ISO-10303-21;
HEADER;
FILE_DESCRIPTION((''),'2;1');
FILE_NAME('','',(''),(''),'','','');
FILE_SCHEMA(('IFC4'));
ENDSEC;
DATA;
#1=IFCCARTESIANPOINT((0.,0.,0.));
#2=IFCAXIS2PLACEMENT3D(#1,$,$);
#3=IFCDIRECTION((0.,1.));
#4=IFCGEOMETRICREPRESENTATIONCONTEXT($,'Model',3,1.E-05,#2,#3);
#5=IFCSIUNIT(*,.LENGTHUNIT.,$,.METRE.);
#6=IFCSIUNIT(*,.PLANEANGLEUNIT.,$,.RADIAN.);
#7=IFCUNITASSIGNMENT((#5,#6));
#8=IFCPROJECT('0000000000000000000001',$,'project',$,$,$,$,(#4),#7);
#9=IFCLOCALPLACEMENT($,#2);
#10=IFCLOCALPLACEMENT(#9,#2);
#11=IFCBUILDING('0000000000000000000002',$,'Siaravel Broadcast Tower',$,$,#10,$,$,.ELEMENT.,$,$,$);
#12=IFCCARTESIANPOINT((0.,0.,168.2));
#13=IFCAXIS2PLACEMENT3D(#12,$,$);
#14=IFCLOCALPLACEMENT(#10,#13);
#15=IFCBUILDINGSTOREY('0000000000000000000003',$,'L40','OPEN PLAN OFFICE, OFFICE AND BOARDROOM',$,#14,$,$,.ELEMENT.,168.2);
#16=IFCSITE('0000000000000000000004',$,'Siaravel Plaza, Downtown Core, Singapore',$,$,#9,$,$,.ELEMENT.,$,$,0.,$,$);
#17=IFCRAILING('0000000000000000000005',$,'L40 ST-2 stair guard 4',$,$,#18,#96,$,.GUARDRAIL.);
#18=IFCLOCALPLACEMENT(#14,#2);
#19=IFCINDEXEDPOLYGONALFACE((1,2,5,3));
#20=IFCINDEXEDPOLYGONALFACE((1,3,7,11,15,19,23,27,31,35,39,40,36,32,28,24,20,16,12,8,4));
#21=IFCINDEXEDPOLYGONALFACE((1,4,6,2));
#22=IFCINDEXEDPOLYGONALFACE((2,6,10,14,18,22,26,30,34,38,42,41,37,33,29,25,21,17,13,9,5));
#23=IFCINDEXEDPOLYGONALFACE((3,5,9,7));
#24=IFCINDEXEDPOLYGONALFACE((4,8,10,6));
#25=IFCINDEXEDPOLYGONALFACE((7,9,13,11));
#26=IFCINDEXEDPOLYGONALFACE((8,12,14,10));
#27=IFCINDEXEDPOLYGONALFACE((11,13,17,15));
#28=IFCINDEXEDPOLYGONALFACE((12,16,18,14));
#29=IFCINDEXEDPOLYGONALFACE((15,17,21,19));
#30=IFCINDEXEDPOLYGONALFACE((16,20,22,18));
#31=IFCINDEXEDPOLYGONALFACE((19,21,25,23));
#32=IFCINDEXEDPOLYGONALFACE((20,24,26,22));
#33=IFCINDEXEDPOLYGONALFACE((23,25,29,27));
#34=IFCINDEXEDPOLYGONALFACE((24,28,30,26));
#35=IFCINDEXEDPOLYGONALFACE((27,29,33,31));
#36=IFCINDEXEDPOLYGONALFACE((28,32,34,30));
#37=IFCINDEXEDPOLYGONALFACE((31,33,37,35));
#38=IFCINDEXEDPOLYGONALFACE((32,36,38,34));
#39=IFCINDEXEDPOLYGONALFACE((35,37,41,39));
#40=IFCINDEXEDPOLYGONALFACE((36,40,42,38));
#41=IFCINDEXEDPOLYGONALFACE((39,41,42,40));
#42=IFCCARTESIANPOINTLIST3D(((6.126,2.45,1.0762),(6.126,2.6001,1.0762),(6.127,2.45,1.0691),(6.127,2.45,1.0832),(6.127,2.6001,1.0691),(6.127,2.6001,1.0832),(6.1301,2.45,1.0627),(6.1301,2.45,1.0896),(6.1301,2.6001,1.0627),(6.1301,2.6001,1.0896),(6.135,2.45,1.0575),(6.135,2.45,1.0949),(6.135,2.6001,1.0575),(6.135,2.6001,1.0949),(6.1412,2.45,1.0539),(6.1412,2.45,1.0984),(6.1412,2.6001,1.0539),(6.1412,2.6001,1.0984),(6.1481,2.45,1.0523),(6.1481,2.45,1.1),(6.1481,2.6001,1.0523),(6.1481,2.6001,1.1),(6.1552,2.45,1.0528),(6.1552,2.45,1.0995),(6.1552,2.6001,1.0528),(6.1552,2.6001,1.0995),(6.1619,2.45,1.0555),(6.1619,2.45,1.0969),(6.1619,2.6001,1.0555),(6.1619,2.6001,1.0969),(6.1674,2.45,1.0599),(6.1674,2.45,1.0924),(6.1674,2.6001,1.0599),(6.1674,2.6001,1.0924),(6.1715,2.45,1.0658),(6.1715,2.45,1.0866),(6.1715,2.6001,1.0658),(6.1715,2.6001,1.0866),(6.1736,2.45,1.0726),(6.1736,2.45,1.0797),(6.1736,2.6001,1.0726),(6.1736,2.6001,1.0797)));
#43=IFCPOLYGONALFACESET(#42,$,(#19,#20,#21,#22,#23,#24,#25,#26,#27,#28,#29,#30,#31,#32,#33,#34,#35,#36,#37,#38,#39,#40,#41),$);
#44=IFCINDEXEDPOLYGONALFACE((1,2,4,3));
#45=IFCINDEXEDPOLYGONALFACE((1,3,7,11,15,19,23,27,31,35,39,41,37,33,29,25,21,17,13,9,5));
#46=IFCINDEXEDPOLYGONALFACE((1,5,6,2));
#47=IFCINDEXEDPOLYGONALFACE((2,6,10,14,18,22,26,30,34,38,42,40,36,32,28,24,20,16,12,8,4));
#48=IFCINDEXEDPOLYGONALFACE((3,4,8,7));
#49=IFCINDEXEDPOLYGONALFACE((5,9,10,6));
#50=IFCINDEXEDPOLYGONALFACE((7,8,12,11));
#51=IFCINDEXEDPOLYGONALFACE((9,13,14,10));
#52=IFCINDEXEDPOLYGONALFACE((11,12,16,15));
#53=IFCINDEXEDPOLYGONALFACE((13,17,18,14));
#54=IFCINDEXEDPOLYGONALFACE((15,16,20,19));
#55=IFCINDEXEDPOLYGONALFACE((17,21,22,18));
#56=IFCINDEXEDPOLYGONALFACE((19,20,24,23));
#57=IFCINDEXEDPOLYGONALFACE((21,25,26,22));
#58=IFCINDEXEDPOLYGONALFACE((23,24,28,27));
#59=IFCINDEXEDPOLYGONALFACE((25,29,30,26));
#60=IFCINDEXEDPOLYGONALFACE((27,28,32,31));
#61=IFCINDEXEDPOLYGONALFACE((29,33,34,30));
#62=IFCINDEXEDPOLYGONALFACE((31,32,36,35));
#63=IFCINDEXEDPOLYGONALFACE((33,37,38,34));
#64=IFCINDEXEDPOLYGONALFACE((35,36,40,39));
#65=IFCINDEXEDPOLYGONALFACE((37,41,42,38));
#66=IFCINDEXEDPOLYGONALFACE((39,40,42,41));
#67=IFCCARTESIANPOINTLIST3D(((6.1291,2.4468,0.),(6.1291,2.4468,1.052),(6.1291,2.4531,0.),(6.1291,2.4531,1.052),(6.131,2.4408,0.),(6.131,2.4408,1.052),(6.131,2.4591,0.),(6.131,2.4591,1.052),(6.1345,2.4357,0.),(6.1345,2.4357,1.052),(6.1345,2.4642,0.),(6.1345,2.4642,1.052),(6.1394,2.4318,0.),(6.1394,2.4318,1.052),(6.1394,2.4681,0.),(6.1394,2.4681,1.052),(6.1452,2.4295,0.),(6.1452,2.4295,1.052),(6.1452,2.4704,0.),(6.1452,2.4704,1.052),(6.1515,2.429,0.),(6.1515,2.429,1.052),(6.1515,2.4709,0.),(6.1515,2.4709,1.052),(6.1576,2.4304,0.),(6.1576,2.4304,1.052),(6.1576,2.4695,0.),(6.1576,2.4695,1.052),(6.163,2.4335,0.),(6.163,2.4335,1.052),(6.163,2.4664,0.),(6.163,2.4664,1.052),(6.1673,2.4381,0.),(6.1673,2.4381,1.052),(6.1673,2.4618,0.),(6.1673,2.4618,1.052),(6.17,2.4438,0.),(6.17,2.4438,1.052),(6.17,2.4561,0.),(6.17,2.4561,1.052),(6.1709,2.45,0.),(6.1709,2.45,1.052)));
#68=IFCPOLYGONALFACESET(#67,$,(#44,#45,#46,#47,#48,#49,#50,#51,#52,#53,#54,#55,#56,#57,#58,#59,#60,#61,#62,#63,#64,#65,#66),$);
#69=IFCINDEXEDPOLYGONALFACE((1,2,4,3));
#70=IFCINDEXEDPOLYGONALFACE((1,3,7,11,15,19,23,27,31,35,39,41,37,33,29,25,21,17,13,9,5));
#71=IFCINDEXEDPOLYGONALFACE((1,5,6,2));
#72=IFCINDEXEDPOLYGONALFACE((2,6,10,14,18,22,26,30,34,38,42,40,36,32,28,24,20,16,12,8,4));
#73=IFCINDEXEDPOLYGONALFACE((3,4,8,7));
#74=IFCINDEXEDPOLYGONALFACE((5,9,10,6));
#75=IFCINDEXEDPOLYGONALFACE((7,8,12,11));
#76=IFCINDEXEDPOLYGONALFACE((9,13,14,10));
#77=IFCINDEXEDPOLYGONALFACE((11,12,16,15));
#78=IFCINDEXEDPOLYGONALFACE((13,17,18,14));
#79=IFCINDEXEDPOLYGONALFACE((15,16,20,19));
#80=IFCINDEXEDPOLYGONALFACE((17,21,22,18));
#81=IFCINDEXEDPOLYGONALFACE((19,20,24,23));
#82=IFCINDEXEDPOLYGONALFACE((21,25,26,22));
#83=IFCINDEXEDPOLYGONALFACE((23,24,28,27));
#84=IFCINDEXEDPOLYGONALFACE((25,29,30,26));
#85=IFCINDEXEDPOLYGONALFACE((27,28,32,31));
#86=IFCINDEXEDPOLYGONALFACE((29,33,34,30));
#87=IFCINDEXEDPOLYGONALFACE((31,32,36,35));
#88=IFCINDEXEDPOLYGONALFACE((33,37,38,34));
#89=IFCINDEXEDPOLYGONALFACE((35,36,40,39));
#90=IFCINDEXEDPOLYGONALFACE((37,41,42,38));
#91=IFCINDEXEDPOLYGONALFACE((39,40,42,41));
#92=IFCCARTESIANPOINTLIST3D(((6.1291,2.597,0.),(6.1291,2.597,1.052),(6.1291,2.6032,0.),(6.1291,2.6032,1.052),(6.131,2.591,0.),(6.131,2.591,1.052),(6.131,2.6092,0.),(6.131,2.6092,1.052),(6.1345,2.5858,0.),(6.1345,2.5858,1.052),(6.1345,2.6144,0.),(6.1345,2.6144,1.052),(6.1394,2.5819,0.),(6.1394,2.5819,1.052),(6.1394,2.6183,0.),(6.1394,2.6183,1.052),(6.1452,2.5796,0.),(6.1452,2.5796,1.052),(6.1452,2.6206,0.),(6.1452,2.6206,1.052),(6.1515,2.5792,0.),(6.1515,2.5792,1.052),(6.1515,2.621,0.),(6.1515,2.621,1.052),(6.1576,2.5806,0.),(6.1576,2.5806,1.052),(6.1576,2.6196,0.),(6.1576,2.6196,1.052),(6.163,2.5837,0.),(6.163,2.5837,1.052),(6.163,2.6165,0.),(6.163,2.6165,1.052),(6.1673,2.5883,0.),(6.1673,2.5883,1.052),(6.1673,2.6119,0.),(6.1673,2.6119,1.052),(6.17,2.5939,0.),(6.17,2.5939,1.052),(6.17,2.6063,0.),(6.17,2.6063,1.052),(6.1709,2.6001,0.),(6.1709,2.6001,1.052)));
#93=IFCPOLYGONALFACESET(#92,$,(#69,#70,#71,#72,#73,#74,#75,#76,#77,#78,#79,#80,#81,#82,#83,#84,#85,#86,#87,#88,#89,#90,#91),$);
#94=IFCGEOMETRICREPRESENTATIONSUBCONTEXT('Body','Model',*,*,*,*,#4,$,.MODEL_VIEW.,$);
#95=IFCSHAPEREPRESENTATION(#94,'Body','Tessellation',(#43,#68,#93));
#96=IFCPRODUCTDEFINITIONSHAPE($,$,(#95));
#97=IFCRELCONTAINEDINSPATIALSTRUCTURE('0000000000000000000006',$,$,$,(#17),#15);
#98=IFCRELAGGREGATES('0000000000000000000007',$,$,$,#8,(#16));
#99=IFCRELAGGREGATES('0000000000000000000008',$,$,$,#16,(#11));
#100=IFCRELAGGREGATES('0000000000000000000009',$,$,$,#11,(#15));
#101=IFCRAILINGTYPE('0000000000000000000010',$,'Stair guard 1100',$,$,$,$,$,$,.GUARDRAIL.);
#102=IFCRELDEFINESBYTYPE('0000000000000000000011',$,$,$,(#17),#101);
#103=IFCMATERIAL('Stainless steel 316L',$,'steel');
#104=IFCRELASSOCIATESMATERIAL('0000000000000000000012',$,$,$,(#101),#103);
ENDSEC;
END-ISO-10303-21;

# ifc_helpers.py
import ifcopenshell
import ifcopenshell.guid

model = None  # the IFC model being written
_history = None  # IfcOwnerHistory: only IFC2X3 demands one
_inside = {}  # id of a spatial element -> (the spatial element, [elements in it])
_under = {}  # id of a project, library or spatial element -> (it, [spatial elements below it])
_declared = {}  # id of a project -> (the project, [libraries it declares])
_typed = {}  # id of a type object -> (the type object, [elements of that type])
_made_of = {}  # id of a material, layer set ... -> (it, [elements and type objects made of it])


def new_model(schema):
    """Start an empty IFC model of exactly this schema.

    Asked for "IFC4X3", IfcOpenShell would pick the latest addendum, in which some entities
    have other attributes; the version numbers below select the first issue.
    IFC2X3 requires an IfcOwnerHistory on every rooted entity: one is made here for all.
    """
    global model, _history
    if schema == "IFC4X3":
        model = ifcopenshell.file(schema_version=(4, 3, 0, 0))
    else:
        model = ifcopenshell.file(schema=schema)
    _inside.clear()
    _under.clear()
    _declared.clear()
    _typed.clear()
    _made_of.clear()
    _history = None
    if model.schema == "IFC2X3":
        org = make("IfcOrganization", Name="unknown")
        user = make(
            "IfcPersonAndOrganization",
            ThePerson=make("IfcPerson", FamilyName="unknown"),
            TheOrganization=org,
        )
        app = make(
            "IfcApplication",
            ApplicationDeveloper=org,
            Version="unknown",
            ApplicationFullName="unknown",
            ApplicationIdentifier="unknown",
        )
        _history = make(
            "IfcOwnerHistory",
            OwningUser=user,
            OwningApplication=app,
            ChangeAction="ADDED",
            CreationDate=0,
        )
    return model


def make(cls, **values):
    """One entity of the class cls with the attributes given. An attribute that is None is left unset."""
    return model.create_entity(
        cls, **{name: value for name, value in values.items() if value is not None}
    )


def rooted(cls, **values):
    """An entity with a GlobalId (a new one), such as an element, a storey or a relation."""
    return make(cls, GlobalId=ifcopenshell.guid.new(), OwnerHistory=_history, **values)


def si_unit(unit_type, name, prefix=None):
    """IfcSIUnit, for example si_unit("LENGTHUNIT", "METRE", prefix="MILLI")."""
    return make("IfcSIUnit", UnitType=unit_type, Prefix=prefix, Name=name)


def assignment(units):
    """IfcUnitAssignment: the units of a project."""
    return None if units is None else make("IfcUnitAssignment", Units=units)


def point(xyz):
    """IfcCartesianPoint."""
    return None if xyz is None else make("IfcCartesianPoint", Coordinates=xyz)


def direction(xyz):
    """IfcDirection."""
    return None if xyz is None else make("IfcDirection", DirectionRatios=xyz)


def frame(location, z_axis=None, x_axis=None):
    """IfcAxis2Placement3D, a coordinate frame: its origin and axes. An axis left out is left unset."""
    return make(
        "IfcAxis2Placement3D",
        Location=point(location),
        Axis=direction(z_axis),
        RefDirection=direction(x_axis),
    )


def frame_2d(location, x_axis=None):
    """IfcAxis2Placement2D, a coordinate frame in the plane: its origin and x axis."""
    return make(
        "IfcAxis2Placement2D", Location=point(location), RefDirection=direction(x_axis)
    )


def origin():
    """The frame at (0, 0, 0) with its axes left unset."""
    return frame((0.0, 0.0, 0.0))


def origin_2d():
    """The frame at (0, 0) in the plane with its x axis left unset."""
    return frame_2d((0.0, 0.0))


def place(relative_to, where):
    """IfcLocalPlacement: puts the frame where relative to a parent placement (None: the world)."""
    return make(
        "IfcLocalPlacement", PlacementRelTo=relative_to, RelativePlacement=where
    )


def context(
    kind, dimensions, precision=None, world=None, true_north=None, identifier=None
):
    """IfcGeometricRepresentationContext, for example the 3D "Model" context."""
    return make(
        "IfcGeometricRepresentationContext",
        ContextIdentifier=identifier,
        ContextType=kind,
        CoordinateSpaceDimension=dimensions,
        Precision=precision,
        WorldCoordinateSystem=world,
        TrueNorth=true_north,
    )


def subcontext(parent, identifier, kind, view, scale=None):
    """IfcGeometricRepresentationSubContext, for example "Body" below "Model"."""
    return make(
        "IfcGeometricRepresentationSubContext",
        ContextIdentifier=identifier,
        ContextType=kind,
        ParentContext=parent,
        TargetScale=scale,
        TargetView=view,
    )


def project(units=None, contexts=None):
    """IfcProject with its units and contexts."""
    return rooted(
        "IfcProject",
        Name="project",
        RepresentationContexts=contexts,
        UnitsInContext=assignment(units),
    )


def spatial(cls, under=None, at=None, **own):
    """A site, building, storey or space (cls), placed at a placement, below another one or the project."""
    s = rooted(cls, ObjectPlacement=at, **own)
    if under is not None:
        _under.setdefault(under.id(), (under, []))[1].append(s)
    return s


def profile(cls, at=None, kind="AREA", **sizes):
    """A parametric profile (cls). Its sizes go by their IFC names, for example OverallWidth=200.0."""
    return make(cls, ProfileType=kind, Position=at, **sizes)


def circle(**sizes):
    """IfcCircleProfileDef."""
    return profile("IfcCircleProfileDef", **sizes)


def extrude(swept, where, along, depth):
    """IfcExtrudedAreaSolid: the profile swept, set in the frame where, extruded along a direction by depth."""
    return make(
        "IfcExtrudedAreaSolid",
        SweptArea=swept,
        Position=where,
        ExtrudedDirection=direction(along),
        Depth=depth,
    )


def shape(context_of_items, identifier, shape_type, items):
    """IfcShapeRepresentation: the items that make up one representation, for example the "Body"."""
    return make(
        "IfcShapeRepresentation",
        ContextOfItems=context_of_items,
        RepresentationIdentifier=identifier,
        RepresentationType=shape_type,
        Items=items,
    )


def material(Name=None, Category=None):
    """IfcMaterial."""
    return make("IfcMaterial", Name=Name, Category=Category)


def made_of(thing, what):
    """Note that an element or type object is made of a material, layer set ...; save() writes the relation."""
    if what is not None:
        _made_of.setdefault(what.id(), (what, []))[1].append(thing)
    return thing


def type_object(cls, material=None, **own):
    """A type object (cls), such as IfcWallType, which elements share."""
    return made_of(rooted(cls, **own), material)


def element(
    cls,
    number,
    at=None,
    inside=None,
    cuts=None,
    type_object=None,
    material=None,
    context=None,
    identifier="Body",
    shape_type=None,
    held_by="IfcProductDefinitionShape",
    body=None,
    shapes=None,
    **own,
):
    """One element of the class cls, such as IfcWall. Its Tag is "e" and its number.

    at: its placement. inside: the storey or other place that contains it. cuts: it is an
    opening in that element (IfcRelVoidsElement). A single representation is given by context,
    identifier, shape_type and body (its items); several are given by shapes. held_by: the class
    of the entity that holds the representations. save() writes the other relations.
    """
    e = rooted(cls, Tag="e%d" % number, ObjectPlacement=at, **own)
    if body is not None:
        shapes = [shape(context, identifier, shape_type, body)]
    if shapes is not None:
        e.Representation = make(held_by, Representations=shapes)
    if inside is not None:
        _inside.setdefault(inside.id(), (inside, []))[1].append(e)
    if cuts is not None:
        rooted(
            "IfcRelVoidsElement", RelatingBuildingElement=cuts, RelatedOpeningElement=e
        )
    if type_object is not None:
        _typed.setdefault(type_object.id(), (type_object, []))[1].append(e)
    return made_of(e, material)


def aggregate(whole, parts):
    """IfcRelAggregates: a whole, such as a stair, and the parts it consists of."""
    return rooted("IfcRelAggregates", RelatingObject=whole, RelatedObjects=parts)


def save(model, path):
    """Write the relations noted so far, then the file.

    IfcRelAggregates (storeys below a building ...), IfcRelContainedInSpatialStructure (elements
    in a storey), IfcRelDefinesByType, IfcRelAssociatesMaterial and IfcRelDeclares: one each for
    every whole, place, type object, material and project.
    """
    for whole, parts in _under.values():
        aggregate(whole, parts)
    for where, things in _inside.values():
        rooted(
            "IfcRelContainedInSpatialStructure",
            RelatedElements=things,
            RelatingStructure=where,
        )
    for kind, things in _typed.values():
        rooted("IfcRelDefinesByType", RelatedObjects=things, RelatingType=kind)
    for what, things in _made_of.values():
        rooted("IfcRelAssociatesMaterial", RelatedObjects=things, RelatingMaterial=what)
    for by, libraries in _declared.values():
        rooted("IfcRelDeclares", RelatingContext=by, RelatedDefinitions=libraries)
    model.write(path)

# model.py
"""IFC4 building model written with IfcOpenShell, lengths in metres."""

from ifc_helpers import new_model, si_unit, direction, frame, origin, origin_2d, place, context, subcontext, project, spatial, circle, extrude, material, type_object, element, save


model = new_model("IFC4")

# Units and contexts
model_context = context("Model", 3, precision=1e-05, world=origin(), true_north=direction((0.0, 1.0)))
body_context = subcontext(model_context, "Body", "Model", "MODEL_VIEW")
ifc_project = project(units=[si_unit("LENGTHUNIT", "METRE"), si_unit("PLANEANGLEUNIT", "RADIAN")], contexts=[model_context])

# Site, building, storey
site_placement = place(None, origin())
site = spatial("IfcSite", under=ifc_project, at=site_placement, Name="Siaravel Plaza, Downtown Core, Singapore", CompositionType="ELEMENT", RefElevation=0.0)
building_placement = place(site_placement, origin())
building = spatial("IfcBuilding", under=site, at=building_placement, Name="Siaravel Broadcast Tower", CompositionType="ELEMENT")
storey_placement = place(building_placement, frame((0.0, 0.0, 168.2)))
storey = spatial("IfcBuildingStorey", under=building, at=storey_placement, Name="L40", Description="OPEN PLAN OFFICE, OFFICE AND BOARDROOM", CompositionType="ELEMENT", Elevation=168.2)

# Railing
ifc_material_1 = material(Name="Stainless steel 316L", Category="steel")
railing_type_1 = type_object("IfcRailingType", Name="Stair guard 1100", PredefinedType="GUARDRAIL", material=ifc_material_1)
railing_1_placement = place(storey_placement, frame((6.1499, 2.45, 0.0)))
element("IfcRailing", 1, at=railing_1_placement, inside=storey, type_object=railing_type_1, Name="L40 ST-2 stair guard 4", PredefinedType="GUARDRAIL", context=body_context, shape_type="SweptSolid", body=[
    extrude(circle(Radius=0.0239, at=origin_2d()), frame((0.0, 0.0, 1.0762), z_axis=(0.0, 1.0, 0.0), x_axis=(-1.0, 0.0, 0.0)), (0.0, 0.0, 1.0), 0.1501),
    extrude(circle(Radius=0.021, at=origin_2d()), origin(), (0.0, 0.0, 1.0), 1.052),
    extrude(circle(Radius=0.021, at=origin_2d()), frame((0.0, 0.1501, 0.0)), (0.0, 0.0, 1.0), 1.052),
])

save(model, "model.ifc")
